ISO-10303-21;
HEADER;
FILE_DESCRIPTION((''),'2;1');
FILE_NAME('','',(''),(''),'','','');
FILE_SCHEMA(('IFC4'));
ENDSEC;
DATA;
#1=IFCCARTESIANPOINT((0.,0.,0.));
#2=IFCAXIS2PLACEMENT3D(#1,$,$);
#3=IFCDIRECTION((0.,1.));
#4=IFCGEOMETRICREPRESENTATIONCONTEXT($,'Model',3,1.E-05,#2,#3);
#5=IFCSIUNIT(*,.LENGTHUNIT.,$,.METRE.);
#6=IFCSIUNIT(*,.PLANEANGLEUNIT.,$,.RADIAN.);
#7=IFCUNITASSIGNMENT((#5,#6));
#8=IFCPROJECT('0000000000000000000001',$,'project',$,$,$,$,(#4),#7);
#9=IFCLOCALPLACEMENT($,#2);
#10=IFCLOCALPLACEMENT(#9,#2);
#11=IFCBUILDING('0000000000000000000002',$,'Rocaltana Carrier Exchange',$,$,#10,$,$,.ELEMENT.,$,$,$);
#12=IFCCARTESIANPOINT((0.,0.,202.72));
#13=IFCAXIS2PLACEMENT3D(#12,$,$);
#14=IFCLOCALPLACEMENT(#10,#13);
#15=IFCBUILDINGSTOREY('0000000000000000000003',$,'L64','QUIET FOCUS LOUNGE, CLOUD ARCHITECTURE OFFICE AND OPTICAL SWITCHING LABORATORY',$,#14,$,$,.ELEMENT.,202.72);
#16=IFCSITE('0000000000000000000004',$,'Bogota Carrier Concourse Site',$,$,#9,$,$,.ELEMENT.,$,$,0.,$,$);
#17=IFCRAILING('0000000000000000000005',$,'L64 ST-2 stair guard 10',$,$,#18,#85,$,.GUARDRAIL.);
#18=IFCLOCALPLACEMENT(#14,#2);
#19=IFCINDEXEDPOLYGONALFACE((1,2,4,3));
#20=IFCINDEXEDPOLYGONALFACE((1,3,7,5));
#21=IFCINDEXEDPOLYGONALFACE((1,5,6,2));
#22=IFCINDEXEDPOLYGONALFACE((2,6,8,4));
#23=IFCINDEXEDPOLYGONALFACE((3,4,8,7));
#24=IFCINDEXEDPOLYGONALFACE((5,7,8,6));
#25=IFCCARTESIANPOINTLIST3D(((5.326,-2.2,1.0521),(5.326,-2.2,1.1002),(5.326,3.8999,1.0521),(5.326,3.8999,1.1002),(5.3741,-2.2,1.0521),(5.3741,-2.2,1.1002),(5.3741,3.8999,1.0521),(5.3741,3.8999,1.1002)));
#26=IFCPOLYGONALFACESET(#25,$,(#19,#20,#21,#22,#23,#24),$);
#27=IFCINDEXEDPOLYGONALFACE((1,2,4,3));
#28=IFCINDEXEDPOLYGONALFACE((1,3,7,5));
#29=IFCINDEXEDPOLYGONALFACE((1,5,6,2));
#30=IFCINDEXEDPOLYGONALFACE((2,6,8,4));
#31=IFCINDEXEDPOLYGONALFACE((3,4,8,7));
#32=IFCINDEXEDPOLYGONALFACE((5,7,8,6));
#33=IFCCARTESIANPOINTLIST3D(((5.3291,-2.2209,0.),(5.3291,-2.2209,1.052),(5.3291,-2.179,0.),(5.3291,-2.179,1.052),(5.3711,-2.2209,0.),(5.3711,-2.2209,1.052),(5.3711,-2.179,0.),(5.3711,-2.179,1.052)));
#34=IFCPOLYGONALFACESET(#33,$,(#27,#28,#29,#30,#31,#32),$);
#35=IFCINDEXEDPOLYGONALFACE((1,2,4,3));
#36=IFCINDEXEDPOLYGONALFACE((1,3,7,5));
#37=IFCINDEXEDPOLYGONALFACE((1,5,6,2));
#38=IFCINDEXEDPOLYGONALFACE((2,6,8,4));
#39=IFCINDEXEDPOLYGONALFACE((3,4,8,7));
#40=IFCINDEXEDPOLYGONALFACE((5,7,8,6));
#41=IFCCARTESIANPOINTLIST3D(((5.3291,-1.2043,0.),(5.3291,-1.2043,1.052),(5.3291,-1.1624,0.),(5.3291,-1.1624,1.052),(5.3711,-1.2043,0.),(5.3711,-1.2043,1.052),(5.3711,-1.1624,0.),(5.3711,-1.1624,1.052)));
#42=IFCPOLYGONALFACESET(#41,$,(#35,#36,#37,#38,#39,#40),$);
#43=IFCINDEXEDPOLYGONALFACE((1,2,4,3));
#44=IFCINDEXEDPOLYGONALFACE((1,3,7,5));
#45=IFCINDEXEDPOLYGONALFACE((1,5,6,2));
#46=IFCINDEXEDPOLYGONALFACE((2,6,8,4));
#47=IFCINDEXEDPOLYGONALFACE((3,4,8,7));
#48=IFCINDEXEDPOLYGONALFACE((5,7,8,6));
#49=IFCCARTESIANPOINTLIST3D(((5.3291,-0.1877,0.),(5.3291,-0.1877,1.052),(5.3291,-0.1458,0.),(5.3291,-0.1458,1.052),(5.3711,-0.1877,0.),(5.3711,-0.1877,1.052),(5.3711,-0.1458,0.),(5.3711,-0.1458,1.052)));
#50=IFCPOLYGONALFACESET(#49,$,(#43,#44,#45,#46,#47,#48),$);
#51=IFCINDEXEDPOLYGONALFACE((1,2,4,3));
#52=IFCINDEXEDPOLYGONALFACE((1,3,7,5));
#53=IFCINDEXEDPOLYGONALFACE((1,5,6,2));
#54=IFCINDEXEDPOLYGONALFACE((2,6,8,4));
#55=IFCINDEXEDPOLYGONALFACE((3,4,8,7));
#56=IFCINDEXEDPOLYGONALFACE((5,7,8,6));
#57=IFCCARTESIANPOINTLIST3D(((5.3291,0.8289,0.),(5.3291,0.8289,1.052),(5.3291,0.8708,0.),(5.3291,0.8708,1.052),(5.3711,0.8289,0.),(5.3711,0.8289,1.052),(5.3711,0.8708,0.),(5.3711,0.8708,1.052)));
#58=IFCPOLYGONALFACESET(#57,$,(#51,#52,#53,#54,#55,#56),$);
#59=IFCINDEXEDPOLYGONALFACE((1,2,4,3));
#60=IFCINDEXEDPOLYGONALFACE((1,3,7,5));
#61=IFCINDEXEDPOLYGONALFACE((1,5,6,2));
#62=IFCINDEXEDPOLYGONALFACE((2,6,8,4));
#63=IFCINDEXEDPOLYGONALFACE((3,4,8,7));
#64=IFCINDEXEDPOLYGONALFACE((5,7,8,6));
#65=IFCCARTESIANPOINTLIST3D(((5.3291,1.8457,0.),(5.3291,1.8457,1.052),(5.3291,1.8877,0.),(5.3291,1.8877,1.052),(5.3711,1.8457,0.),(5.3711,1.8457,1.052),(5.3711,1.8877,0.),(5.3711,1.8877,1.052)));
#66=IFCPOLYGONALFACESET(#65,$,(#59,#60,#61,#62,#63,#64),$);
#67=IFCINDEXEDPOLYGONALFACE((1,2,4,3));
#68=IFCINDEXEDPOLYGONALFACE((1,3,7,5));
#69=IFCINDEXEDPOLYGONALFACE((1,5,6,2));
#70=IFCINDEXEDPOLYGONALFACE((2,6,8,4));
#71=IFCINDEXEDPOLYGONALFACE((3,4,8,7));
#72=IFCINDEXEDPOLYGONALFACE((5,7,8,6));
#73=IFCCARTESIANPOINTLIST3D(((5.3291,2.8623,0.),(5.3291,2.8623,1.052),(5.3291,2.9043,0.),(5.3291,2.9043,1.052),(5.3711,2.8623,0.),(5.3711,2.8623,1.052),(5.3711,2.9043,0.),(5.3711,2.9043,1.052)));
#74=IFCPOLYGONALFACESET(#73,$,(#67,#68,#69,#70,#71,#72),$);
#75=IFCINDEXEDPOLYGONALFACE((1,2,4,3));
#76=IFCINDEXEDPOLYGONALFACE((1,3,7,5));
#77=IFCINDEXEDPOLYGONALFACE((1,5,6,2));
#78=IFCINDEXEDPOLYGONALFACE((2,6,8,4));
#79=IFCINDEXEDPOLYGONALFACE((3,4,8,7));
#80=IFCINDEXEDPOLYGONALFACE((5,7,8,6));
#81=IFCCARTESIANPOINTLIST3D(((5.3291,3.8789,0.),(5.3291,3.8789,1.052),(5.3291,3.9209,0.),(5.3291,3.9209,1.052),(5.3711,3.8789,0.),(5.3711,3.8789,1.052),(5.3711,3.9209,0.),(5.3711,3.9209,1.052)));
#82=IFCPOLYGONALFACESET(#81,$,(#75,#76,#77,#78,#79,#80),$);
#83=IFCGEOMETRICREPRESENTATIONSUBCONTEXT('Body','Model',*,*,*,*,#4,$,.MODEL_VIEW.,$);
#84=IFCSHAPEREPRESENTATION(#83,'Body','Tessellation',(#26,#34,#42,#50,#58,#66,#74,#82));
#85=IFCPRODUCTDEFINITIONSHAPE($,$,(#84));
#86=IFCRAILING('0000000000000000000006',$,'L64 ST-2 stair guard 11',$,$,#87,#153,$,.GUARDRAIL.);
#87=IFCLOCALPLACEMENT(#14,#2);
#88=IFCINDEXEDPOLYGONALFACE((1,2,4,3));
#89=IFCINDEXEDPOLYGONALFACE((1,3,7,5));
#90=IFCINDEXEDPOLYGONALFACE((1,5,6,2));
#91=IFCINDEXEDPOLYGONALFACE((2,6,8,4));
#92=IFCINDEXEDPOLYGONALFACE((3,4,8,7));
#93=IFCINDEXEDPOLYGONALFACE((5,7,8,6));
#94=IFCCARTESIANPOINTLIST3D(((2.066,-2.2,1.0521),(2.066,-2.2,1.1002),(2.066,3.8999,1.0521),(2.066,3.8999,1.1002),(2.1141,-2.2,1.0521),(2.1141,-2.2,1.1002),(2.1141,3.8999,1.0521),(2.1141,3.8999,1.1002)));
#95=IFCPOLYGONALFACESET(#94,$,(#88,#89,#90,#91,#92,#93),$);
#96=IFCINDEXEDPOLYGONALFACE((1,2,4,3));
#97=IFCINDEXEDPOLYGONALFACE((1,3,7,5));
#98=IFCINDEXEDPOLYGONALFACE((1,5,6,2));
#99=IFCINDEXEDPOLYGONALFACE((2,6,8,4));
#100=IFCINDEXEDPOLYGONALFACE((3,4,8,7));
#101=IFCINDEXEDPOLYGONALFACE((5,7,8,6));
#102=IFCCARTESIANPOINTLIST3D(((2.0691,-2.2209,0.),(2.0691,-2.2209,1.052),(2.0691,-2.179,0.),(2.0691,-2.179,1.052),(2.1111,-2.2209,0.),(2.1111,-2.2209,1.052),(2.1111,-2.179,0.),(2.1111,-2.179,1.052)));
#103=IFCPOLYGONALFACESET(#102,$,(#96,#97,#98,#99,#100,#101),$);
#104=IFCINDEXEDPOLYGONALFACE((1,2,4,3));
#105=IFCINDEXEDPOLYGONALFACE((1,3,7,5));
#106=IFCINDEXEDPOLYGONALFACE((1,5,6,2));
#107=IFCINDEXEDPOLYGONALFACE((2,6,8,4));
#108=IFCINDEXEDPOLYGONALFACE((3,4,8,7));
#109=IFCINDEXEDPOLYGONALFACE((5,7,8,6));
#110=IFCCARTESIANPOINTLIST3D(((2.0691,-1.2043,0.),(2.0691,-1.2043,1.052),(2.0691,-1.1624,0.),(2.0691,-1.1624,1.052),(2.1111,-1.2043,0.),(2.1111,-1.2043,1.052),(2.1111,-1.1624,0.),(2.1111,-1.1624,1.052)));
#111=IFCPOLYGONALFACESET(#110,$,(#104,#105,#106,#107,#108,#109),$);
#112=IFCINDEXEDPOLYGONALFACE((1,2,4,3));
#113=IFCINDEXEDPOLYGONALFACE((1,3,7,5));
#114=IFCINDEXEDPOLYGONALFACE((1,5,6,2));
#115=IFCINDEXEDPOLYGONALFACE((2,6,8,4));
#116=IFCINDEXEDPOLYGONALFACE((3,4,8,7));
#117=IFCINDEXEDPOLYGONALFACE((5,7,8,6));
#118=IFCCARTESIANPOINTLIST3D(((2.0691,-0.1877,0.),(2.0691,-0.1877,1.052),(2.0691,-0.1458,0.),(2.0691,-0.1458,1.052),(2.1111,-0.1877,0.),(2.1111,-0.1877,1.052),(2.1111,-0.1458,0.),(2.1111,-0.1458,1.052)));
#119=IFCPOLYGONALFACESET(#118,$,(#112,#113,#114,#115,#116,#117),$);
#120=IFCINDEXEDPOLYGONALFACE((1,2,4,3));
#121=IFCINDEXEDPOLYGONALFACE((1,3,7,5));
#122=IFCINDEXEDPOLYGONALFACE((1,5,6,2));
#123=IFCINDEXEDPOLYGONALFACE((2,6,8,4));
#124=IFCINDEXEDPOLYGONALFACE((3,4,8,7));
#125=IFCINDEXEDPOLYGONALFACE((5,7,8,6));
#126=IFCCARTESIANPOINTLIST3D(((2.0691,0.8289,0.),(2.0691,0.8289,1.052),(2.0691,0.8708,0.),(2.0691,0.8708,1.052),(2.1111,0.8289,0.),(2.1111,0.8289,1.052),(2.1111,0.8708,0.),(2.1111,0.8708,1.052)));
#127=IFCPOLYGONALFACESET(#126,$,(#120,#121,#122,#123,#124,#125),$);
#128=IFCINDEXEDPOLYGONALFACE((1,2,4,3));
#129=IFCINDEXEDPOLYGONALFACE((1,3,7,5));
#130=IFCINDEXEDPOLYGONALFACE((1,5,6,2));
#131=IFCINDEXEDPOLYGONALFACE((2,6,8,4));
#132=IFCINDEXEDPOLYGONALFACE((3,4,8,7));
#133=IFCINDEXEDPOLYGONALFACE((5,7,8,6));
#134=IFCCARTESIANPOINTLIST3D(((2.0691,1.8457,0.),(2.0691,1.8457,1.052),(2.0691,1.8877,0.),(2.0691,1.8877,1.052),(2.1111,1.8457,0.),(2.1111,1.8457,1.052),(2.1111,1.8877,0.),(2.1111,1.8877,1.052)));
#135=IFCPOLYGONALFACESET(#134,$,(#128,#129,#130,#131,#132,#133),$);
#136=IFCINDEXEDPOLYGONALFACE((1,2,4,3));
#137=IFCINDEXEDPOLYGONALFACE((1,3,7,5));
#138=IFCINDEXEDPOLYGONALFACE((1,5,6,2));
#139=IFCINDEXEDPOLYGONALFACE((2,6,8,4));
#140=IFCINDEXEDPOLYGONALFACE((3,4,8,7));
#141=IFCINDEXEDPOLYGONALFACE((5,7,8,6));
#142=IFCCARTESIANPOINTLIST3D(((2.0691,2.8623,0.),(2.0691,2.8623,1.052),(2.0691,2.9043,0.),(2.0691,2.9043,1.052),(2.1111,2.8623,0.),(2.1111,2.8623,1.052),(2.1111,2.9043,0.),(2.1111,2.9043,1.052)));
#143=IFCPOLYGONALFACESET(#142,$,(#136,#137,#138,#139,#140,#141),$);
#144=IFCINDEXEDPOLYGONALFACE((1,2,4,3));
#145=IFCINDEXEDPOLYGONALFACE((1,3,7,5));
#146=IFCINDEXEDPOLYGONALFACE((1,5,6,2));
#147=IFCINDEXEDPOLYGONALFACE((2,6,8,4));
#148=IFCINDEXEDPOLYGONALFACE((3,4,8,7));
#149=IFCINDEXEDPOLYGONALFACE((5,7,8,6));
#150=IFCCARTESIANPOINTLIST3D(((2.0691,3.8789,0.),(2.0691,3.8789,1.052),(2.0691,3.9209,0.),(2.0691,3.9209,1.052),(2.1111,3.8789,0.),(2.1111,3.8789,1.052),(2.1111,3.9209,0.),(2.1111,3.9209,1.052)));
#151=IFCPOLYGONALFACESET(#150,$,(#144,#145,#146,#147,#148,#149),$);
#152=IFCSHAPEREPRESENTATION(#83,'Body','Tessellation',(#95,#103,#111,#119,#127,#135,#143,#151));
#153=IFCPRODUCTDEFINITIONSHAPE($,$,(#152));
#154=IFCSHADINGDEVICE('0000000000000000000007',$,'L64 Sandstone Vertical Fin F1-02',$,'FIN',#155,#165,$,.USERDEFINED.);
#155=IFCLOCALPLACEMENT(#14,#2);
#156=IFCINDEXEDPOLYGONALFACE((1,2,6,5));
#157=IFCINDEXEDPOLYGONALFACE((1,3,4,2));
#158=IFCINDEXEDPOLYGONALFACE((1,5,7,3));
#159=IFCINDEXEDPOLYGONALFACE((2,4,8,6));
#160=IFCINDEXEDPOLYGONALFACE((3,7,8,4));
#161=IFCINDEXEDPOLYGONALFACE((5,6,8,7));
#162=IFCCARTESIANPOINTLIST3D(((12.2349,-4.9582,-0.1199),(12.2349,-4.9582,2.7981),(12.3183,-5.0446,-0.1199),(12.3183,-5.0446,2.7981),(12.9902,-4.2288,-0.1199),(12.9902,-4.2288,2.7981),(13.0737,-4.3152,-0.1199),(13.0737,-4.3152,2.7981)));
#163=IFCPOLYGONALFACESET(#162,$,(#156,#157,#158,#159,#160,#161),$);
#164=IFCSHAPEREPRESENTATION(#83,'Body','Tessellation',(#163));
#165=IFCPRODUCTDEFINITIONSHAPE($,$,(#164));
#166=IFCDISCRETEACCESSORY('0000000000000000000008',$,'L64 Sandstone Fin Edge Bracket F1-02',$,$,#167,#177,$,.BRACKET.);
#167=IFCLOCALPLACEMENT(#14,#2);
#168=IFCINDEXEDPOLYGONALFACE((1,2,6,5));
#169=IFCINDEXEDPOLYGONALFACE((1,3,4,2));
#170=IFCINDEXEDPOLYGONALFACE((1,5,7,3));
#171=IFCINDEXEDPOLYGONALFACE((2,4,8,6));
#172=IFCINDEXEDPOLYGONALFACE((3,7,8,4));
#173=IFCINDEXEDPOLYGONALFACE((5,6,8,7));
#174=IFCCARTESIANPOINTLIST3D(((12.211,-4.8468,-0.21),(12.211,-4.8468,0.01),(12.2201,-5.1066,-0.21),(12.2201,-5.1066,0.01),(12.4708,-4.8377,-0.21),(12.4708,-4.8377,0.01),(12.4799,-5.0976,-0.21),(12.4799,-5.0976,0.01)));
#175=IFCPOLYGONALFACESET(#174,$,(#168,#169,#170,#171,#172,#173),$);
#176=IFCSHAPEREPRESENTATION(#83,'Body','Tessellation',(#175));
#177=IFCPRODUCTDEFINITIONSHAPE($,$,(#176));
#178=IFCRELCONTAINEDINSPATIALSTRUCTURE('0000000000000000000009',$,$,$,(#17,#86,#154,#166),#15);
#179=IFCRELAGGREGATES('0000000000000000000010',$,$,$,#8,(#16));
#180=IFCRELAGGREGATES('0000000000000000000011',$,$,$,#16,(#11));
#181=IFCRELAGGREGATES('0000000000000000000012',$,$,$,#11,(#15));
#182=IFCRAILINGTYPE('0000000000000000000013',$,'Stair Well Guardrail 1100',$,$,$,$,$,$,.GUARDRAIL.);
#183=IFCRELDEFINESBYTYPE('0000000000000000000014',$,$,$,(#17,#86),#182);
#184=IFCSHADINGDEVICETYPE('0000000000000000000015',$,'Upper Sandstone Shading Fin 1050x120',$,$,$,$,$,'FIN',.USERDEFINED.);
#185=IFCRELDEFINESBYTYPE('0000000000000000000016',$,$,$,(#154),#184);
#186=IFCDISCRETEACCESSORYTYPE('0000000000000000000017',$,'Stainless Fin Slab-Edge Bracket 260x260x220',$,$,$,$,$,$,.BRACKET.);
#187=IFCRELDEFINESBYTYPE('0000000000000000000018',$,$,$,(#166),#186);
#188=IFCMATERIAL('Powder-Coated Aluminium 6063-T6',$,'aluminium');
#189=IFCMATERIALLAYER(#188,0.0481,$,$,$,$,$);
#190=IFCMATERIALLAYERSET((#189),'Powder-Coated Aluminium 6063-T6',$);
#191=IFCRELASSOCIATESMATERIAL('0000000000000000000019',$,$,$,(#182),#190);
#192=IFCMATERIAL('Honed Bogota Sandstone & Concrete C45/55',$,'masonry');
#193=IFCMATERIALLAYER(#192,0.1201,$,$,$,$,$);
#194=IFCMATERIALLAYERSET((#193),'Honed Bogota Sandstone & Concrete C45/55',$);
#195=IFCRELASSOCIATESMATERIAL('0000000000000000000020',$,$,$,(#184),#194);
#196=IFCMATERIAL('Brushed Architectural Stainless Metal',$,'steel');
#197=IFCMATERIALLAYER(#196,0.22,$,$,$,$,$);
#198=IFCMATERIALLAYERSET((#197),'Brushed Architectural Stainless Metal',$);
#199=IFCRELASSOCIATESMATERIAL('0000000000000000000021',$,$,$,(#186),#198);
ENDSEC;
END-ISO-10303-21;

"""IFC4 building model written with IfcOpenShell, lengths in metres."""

from ifc_helpers import new_model, si_unit, direction, frame, origin, origin_2d, place, context, subcontext, project, spatial, rectangle, extrude, material, layer, layer_set, type_object, element, save


model = new_model("IFC4")

# Units and contexts
model_context = context("Model", 3, precision=1e-05, world=origin(), true_north=direction((0.0, 1.0)))
body_context = subcontext(model_context, "Body", "Model", "MODEL_VIEW")
ifc_project = project(units=[si_unit("LENGTHUNIT", "METRE"), si_unit("PLANEANGLEUNIT", "RADIAN")], contexts=[model_context])

# Site, building, storey
site_placement = place(None, origin())
site = spatial("IfcSite", under=ifc_project, at=site_placement, Name="Bogota Carrier Concourse Site", CompositionType="ELEMENT", RefElevation=0.0)
building_placement = place(site_placement, origin())
building = spatial("IfcBuilding", under=site, at=building_placement, Name="Rocaltana Carrier Exchange", CompositionType="ELEMENT")
storey_placement = place(building_placement, frame((0.0, 0.0, 202.72)))
storey = spatial("IfcBuildingStorey", under=building, at=storey_placement, Name="L64", Description="QUIET FOCUS LOUNGE, CLOUD ARCHITECTURE OFFICE AND OPTICAL SWITCHING LABORATORY", CompositionType="ELEMENT", Elevation=202.72)

# Railings
ifc_material_1 = material(Name="Powder-Coated Aluminium 6063-T6", Category="aluminium")
ifc_layer_1 = layer(ifc_material_1, 0.0481)
ifc_layer_set_1 = layer_set([ifc_layer_1], Name="Powder-Coated Aluminium 6063-T6")
railing_type_1 = type_object("IfcRailingType", Name="Stair Well Guardrail 1100", PredefinedType="GUARDRAIL", material=ifc_layer_set_1)
for number, where, name in (
    (1, (5.3501, -2.2, 0.0), "L64 ST-2 stair guard 10"),
    (2, (2.0901, -2.2, 0.0), "L64 ST-2 stair guard 11"),
):
    element("IfcRailing", number, at=place(storey_placement, frame(where)), inside=storey, type_object=railing_type_1, Name=name, PredefinedType="GUARDRAIL", context=body_context, shape_type="SweptSolid", body=[
        extrude(rectangle(XDim=0.0481, YDim=0.0481, at=origin_2d()), frame((0.0, 0.0, 1.0762), z_axis=(0.0, 1.0, 0.0), x_axis=(-1.0, 0.0, 0.0)), (0.0, 0.0, 1.0), 6.0999),
        extrude(rectangle(XDim=0.042, YDim=0.042, at=origin_2d()), origin(), (0.0, 0.0, 1.0), 1.052),
        extrude(rectangle(XDim=0.042, YDim=0.042, at=origin_2d()), frame((0.0, 1.0166, 0.0)), (0.0, 0.0, 1.0), 1.052),
        extrude(rectangle(XDim=0.042, YDim=0.042, at=origin_2d()), frame((0.0, 2.0332, 0.0)), (0.0, 0.0, 1.0), 1.052),
        extrude(rectangle(XDim=0.042, YDim=0.042, at=origin_2d()), frame((0.0, 3.0498, 0.0)), (0.0, 0.0, 1.0), 1.052),
        extrude(rectangle(XDim=0.042, YDim=0.042, at=origin_2d()), frame((0.0, 4.0667, 0.0)), (0.0, 0.0, 1.0), 1.052),
        extrude(rectangle(XDim=0.042, YDim=0.042, at=origin_2d()), frame((0.0, 5.0833, 0.0)), (0.0, 0.0, 1.0), 1.052),
        extrude(rectangle(XDim=0.042, YDim=0.042, at=origin_2d()), frame((0.0, 6.0999, 0.0)), (0.0, 0.0, 1.0), 1.052),
    ])

# Shading device
ifc_material_2 = material(Name="Honed Bogota Sandstone & Concrete C45/55", Category="masonry")
ifc_layer_2 = layer(ifc_material_2, 0.1201)
ifc_layer_set_2 = layer_set([ifc_layer_2], Name="Honed Bogota Sandstone & Concrete C45/55")
shading_device_type = type_object("IfcShadingDeviceType", Name="Upper Sandstone Shading Fin 1050x120", ElementType="FIN", PredefinedType="USERDEFINED", material=ifc_layer_set_2)
shading_device_placement = place(storey_placement, frame((12.6543, -4.6367, -0.1199), z_axis=(0.0, 0.0, 1.0), x_axis=(0.71934, 0.694658, 0.0)))
element("IfcShadingDevice", 3, at=shading_device_placement, inside=storey, type_object=shading_device_type, Name="L64 Sandstone Vertical Fin F1-02", ObjectType="FIN", PredefinedType="USERDEFINED", context=body_context, shape_type="SweptSolid", body=[
    extrude(rectangle(XDim=1.05, YDim=0.1201, at=origin_2d()), origin(), (0.0, 0.0, 1.0), 2.918),
])

# Discrete accessory
ifc_material_3 = material(Name="Brushed Architectural Stainless Metal", Category="steel")
ifc_layer_3 = layer(ifc_material_3, 0.22)
ifc_layer_set_3 = layer_set([ifc_layer_3], Name="Brushed Architectural Stainless Metal")
discrete_accessory_type = type_object("IfcDiscreteAccessoryType", Name="Stainless Fin Slab-Edge Bracket 260x260x220", PredefinedType="BRACKET", material=ifc_layer_set_3)
discrete_accessory_placement = place(storey_placement, frame((12.3455, -4.9722, -0.21), z_axis=(0.0, 0.0, 1.0), x_axis=(-0.034899, 0.999391, 0.0)))
element("IfcDiscreteAccessory", 4, at=discrete_accessory_placement, inside=storey, type_object=discrete_accessory_type, Name="L64 Sandstone Fin Edge Bracket F1-02", PredefinedType="BRACKET", context=body_context, shape_type="SweptSolid", body=[
    extrude(rectangle(XDim=0.26, YDim=0.26, at=origin_2d()), origin(), (0.0, 0.0, 1.0), 0.22),
])

save(model, "model.ifc")
